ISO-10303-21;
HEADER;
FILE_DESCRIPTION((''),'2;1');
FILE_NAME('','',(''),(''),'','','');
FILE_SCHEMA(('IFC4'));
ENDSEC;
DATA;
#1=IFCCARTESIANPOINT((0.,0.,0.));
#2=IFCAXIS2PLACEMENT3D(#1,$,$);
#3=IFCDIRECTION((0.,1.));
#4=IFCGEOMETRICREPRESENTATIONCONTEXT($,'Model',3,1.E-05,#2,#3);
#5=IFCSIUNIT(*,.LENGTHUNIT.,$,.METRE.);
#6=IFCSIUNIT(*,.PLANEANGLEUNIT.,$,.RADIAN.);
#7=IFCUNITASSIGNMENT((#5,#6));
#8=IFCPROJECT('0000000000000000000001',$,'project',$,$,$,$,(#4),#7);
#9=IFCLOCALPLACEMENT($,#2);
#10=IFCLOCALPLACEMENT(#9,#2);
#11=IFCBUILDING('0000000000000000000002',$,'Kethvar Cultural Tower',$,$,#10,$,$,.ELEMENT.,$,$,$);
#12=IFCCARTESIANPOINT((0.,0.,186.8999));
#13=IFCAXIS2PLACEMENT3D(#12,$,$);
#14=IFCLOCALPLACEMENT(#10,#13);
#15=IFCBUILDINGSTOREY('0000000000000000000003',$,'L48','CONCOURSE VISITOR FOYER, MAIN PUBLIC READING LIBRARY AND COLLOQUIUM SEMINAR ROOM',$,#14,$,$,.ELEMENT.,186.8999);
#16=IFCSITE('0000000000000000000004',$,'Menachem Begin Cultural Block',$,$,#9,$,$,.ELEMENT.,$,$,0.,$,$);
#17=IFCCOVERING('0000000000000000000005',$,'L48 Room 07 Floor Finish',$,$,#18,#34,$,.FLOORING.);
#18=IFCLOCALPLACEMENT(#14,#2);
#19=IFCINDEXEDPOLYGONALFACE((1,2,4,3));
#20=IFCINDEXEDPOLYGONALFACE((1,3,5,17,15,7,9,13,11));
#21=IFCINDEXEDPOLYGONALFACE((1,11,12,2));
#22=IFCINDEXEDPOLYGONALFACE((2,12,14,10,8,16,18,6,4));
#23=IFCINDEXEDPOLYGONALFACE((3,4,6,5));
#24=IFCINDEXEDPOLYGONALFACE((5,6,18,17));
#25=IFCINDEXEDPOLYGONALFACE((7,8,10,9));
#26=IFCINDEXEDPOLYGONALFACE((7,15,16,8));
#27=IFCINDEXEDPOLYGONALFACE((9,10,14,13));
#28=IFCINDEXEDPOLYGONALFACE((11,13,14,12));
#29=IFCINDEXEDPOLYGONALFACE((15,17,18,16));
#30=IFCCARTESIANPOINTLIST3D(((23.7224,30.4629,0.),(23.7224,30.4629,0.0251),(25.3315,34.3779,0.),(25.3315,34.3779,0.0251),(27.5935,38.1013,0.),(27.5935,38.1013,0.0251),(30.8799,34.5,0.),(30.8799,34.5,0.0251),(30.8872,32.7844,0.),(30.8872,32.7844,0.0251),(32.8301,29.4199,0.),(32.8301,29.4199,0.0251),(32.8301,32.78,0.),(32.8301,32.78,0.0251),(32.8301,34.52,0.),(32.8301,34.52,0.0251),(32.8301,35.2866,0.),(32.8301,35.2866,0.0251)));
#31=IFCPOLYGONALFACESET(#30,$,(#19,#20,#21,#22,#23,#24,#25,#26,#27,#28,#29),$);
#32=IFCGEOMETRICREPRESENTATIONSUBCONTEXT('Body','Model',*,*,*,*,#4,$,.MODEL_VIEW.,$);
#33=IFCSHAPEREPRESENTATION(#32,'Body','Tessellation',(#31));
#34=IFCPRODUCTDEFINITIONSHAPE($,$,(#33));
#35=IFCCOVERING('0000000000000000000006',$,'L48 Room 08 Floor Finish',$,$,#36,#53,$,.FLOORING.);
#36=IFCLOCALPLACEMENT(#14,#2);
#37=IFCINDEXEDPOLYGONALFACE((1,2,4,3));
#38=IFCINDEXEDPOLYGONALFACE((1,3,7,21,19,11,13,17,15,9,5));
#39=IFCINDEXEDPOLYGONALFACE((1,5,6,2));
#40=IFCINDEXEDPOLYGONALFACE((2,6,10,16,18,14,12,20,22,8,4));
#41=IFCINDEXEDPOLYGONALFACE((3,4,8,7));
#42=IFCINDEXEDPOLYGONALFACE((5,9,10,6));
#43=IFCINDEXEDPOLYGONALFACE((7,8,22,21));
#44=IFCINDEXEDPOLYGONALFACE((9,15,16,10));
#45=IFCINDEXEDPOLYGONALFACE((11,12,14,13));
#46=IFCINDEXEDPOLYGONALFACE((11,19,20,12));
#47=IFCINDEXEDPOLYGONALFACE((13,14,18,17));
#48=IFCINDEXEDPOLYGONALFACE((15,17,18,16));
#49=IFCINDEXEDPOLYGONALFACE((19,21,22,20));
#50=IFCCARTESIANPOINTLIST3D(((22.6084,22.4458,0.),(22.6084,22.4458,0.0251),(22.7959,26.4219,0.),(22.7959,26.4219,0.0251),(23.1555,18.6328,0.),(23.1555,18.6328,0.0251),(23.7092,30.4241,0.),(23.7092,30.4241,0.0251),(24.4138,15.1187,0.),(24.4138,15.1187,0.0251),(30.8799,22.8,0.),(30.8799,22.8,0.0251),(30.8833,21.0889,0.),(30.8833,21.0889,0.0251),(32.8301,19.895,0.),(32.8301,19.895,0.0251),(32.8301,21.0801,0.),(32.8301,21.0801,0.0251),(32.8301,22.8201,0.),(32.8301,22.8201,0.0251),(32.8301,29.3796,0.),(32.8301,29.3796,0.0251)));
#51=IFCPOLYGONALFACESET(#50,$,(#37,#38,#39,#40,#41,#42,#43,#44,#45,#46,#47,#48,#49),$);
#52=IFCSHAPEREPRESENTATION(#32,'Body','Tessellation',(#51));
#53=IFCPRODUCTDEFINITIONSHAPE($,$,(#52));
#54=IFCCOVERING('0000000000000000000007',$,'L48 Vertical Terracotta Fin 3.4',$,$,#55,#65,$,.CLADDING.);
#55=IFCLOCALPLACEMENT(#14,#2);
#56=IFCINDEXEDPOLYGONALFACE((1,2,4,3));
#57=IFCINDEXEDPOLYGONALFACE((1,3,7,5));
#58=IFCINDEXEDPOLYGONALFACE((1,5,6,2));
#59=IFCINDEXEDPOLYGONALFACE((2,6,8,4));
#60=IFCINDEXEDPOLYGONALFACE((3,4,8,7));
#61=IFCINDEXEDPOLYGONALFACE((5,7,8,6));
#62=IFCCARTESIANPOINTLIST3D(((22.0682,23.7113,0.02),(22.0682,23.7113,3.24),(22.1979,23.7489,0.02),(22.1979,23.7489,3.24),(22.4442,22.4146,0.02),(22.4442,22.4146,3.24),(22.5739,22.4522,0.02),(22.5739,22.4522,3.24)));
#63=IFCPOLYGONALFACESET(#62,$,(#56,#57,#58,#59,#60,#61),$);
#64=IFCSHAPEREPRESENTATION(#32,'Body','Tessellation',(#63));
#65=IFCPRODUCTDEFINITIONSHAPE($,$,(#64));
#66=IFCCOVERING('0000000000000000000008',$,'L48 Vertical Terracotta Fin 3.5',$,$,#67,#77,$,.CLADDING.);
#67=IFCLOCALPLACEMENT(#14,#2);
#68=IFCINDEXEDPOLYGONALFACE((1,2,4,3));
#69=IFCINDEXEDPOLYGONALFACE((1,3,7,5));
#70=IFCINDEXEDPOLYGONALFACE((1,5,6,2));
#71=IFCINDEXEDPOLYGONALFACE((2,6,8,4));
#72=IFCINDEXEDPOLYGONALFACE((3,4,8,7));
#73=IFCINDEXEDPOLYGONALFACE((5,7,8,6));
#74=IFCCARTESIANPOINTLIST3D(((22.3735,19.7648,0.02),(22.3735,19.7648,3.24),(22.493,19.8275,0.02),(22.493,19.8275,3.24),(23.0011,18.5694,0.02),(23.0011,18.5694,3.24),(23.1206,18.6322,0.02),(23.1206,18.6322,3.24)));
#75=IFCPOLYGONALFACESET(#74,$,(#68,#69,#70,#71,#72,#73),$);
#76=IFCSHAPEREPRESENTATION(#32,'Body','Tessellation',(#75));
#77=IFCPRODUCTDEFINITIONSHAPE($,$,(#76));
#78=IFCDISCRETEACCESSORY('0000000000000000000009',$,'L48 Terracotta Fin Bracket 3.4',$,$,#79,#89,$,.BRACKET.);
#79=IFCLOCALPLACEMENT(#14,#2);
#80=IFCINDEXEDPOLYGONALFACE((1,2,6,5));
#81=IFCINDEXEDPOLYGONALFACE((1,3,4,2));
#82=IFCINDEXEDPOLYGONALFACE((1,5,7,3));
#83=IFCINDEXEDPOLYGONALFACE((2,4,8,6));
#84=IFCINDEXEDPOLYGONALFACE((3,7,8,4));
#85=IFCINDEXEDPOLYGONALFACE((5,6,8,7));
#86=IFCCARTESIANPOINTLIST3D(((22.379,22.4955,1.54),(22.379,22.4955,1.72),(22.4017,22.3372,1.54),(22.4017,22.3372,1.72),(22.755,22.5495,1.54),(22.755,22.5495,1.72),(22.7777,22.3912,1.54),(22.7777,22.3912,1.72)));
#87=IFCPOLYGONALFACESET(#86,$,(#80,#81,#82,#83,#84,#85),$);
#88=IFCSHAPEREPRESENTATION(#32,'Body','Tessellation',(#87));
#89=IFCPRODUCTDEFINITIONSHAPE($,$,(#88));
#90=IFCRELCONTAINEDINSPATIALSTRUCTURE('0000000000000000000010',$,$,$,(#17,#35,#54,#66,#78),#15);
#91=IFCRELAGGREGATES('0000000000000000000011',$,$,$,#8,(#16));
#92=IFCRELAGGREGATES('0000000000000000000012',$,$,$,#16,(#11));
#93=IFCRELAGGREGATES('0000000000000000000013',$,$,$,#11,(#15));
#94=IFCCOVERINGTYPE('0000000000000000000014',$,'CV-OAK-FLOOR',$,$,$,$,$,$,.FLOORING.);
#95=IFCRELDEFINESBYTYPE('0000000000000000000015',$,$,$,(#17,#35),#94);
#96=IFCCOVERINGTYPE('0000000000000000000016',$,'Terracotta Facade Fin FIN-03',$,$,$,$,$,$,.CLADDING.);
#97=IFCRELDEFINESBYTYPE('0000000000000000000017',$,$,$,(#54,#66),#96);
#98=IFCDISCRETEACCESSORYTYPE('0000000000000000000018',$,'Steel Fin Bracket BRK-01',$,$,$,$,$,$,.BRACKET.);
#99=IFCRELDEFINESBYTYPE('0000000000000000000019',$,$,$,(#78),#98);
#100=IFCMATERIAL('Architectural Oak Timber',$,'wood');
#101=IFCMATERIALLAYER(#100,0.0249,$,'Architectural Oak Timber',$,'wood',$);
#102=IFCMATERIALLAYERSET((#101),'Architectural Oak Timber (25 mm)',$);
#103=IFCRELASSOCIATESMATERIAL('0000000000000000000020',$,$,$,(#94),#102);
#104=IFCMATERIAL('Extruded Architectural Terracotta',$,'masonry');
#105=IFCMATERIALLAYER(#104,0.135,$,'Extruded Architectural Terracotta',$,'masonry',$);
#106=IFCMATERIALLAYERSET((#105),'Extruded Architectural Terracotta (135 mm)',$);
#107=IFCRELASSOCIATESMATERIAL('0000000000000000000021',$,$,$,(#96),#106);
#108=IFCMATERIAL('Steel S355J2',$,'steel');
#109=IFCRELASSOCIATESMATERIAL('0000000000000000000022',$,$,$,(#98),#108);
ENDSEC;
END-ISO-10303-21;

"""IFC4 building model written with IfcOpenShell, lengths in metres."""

from ifc_helpers import new_model, si_unit, direction, frame, origin, origin_2d, place, context, subcontext, project, spatial, polyline, rectangle, outline, extrude, source, transform, mapped, material, layer, layer_set, type_object, element, save


model = new_model("IFC4")

# Units and contexts
model_context = context("Model", 3, precision=1e-05, world=origin(), true_north=direction((0.0, 1.0)))
body_context = subcontext(model_context, "Body", "Model", "MODEL_VIEW")
ifc_project = project(units=[si_unit("LENGTHUNIT", "METRE"), si_unit("PLANEANGLEUNIT", "RADIAN")], contexts=[model_context])

# Site, building, storey
site_placement = place(None, origin())
site = spatial("IfcSite", under=ifc_project, at=site_placement, Name="Menachem Begin Cultural Block", CompositionType="ELEMENT", RefElevation=0.0)
building_placement = place(site_placement, origin())
building = spatial("IfcBuilding", under=site, at=building_placement, Name="Kethvar Cultural Tower", CompositionType="ELEMENT")
storey_placement = place(building_placement, frame((0.0, 0.0, 186.8999)))
storey = spatial("IfcBuildingStorey", under=building, at=storey_placement, Name="L48", Description="CONCOURSE VISITOR FOYER, MAIN PUBLIC READING LIBRARY AND COLLOQUIUM SEMINAR ROOM", CompositionType="ELEMENT", Elevation=186.8999)

# Coverings
ifc_material_1 = material(Name="Architectural Oak Timber", Category="wood")
ifc_layer_1 = layer(ifc_material_1, 0.0249, Name="Architectural Oak Timber", Category="wood")
ifc_layer_set_1 = layer_set([ifc_layer_1], Name="Architectural Oak Timber (25 mm)")
covering_type_1 = type_object("IfcCoveringType", Name="CV-OAK-FLOOR", PredefinedType="FLOORING", material=ifc_layer_set_1)
covering_1_placement = place(storey_placement, origin())
element("IfcCovering", 1, at=covering_1_placement, inside=storey, type_object=covering_type_1, Name="L48 Room 07 Floor Finish", PredefinedType="FLOORING", context=body_context, shape_type="SweptSolid", body=[
    extrude(outline(polyline([(25.3315, 34.3779), (27.5935, 38.1013), (32.8301, 35.2866), (32.8301, 34.52), (30.8799, 34.5), (30.8872, 32.7844), (32.8301, 32.78), (32.8301, 29.4199), (23.7224, 30.4629), (25.3315, 34.3779)])), origin(), (0.0, 0.0, 1.0), 0.0251),
])
covering_2_placement = place(storey_placement, origin())
element("IfcCovering", 2, at=covering_2_placement, inside=storey, type_object=covering_type_1, Name="L48 Room 08 Floor Finish", PredefinedType="FLOORING", context=body_context, shape_type="SweptSolid", body=[
    extrude(outline(polyline([(23.1555, 18.6328), (22.6084, 22.4458), (22.7959, 26.4219), (23.7092, 30.4241), (32.8301, 29.3796), (32.8301, 22.8201), (30.8799, 22.8), (30.8833, 21.0889), (32.8301, 21.0801), (32.8301, 19.895), (24.4138, 15.1187), (23.1555, 18.6328)])), origin(), (0.0, 0.0, 1.0), 0.0251),
])
ifc_material_2 = material(Name="Extruded Architectural Terracotta", Category="masonry")
ifc_layer_2 = layer(ifc_material_2, 0.135, Name="Extruded Architectural Terracotta", Category="masonry")
ifc_layer_set_2 = layer_set([ifc_layer_2], Name="Extruded Architectural Terracotta (135 mm)")
covering_type_2 = type_object("IfcCoveringType", Name="Terracotta Facade Fin FIN-03", PredefinedType="CLADDING", material=ifc_layer_set_2)
shared_shape_1 = source(origin(), body_context, "Body", "SweptSolid", [
    extrude(rectangle(XDim=1.3501, YDim=0.135, at=origin_2d()), origin(), (0.0, 0.0, 1.0), 3.22),
])
for number, where, z_axis, x_axis, name in (
    (3, (22.321, 23.0818, 0.02), (0.0, 0.0, 1.0), (-0.278488, 0.96044, 0.0), "L48 Vertical Terracotta Fin 3.4"),
    (4, (22.7471, 19.1985, 0.02), (0.0, 0.0, 1.0), (-0.464842, 0.885394, 0.0), "L48 Vertical Terracotta Fin 3.5"),
):
    element("IfcCovering", number, at=place(storey_placement, frame(where, z_axis=z_axis, x_axis=x_axis)), inside=storey, type_object=covering_type_2, Name=name, PredefinedType="CLADDING", context=body_context, shape_type="MappedRepresentation", body=[
        mapped(shared_shape_1, transform((0.0, 0.0, 0.0), scale=1.0)),
    ])

# Discrete accessory
ifc_material_3 = material(Name="Steel S355J2", Category="steel")
discrete_accessory_type = type_object("IfcDiscreteAccessoryType", Name="Steel Fin Bracket BRK-01", PredefinedType="BRACKET", material=ifc_material_3)
shared_shape_2 = source(origin(), body_context, "Body", "SweptSolid", [
    extrude(rectangle(XDim=0.3799, YDim=0.1599, at=origin_2d()), origin(), (0.0, 0.0, 1.0), 0.1799),
])
discrete_accessory_placement = place(storey_placement, frame((22.5784, 22.4434, 1.54), z_axis=(0.0, 0.0, 1.0), x_axis=(-0.989851, -0.142111, 0.0)))
element("IfcDiscreteAccessory", 5, at=discrete_accessory_placement, inside=storey, type_object=discrete_accessory_type, Name="L48 Terracotta Fin Bracket 3.4", PredefinedType="BRACKET", context=body_context, shape_type="MappedRepresentation", body=[
    mapped(shared_shape_2, transform((0.0, 0.0, 0.0), scale=1.0)),
])

save(model, "model.ifc")
